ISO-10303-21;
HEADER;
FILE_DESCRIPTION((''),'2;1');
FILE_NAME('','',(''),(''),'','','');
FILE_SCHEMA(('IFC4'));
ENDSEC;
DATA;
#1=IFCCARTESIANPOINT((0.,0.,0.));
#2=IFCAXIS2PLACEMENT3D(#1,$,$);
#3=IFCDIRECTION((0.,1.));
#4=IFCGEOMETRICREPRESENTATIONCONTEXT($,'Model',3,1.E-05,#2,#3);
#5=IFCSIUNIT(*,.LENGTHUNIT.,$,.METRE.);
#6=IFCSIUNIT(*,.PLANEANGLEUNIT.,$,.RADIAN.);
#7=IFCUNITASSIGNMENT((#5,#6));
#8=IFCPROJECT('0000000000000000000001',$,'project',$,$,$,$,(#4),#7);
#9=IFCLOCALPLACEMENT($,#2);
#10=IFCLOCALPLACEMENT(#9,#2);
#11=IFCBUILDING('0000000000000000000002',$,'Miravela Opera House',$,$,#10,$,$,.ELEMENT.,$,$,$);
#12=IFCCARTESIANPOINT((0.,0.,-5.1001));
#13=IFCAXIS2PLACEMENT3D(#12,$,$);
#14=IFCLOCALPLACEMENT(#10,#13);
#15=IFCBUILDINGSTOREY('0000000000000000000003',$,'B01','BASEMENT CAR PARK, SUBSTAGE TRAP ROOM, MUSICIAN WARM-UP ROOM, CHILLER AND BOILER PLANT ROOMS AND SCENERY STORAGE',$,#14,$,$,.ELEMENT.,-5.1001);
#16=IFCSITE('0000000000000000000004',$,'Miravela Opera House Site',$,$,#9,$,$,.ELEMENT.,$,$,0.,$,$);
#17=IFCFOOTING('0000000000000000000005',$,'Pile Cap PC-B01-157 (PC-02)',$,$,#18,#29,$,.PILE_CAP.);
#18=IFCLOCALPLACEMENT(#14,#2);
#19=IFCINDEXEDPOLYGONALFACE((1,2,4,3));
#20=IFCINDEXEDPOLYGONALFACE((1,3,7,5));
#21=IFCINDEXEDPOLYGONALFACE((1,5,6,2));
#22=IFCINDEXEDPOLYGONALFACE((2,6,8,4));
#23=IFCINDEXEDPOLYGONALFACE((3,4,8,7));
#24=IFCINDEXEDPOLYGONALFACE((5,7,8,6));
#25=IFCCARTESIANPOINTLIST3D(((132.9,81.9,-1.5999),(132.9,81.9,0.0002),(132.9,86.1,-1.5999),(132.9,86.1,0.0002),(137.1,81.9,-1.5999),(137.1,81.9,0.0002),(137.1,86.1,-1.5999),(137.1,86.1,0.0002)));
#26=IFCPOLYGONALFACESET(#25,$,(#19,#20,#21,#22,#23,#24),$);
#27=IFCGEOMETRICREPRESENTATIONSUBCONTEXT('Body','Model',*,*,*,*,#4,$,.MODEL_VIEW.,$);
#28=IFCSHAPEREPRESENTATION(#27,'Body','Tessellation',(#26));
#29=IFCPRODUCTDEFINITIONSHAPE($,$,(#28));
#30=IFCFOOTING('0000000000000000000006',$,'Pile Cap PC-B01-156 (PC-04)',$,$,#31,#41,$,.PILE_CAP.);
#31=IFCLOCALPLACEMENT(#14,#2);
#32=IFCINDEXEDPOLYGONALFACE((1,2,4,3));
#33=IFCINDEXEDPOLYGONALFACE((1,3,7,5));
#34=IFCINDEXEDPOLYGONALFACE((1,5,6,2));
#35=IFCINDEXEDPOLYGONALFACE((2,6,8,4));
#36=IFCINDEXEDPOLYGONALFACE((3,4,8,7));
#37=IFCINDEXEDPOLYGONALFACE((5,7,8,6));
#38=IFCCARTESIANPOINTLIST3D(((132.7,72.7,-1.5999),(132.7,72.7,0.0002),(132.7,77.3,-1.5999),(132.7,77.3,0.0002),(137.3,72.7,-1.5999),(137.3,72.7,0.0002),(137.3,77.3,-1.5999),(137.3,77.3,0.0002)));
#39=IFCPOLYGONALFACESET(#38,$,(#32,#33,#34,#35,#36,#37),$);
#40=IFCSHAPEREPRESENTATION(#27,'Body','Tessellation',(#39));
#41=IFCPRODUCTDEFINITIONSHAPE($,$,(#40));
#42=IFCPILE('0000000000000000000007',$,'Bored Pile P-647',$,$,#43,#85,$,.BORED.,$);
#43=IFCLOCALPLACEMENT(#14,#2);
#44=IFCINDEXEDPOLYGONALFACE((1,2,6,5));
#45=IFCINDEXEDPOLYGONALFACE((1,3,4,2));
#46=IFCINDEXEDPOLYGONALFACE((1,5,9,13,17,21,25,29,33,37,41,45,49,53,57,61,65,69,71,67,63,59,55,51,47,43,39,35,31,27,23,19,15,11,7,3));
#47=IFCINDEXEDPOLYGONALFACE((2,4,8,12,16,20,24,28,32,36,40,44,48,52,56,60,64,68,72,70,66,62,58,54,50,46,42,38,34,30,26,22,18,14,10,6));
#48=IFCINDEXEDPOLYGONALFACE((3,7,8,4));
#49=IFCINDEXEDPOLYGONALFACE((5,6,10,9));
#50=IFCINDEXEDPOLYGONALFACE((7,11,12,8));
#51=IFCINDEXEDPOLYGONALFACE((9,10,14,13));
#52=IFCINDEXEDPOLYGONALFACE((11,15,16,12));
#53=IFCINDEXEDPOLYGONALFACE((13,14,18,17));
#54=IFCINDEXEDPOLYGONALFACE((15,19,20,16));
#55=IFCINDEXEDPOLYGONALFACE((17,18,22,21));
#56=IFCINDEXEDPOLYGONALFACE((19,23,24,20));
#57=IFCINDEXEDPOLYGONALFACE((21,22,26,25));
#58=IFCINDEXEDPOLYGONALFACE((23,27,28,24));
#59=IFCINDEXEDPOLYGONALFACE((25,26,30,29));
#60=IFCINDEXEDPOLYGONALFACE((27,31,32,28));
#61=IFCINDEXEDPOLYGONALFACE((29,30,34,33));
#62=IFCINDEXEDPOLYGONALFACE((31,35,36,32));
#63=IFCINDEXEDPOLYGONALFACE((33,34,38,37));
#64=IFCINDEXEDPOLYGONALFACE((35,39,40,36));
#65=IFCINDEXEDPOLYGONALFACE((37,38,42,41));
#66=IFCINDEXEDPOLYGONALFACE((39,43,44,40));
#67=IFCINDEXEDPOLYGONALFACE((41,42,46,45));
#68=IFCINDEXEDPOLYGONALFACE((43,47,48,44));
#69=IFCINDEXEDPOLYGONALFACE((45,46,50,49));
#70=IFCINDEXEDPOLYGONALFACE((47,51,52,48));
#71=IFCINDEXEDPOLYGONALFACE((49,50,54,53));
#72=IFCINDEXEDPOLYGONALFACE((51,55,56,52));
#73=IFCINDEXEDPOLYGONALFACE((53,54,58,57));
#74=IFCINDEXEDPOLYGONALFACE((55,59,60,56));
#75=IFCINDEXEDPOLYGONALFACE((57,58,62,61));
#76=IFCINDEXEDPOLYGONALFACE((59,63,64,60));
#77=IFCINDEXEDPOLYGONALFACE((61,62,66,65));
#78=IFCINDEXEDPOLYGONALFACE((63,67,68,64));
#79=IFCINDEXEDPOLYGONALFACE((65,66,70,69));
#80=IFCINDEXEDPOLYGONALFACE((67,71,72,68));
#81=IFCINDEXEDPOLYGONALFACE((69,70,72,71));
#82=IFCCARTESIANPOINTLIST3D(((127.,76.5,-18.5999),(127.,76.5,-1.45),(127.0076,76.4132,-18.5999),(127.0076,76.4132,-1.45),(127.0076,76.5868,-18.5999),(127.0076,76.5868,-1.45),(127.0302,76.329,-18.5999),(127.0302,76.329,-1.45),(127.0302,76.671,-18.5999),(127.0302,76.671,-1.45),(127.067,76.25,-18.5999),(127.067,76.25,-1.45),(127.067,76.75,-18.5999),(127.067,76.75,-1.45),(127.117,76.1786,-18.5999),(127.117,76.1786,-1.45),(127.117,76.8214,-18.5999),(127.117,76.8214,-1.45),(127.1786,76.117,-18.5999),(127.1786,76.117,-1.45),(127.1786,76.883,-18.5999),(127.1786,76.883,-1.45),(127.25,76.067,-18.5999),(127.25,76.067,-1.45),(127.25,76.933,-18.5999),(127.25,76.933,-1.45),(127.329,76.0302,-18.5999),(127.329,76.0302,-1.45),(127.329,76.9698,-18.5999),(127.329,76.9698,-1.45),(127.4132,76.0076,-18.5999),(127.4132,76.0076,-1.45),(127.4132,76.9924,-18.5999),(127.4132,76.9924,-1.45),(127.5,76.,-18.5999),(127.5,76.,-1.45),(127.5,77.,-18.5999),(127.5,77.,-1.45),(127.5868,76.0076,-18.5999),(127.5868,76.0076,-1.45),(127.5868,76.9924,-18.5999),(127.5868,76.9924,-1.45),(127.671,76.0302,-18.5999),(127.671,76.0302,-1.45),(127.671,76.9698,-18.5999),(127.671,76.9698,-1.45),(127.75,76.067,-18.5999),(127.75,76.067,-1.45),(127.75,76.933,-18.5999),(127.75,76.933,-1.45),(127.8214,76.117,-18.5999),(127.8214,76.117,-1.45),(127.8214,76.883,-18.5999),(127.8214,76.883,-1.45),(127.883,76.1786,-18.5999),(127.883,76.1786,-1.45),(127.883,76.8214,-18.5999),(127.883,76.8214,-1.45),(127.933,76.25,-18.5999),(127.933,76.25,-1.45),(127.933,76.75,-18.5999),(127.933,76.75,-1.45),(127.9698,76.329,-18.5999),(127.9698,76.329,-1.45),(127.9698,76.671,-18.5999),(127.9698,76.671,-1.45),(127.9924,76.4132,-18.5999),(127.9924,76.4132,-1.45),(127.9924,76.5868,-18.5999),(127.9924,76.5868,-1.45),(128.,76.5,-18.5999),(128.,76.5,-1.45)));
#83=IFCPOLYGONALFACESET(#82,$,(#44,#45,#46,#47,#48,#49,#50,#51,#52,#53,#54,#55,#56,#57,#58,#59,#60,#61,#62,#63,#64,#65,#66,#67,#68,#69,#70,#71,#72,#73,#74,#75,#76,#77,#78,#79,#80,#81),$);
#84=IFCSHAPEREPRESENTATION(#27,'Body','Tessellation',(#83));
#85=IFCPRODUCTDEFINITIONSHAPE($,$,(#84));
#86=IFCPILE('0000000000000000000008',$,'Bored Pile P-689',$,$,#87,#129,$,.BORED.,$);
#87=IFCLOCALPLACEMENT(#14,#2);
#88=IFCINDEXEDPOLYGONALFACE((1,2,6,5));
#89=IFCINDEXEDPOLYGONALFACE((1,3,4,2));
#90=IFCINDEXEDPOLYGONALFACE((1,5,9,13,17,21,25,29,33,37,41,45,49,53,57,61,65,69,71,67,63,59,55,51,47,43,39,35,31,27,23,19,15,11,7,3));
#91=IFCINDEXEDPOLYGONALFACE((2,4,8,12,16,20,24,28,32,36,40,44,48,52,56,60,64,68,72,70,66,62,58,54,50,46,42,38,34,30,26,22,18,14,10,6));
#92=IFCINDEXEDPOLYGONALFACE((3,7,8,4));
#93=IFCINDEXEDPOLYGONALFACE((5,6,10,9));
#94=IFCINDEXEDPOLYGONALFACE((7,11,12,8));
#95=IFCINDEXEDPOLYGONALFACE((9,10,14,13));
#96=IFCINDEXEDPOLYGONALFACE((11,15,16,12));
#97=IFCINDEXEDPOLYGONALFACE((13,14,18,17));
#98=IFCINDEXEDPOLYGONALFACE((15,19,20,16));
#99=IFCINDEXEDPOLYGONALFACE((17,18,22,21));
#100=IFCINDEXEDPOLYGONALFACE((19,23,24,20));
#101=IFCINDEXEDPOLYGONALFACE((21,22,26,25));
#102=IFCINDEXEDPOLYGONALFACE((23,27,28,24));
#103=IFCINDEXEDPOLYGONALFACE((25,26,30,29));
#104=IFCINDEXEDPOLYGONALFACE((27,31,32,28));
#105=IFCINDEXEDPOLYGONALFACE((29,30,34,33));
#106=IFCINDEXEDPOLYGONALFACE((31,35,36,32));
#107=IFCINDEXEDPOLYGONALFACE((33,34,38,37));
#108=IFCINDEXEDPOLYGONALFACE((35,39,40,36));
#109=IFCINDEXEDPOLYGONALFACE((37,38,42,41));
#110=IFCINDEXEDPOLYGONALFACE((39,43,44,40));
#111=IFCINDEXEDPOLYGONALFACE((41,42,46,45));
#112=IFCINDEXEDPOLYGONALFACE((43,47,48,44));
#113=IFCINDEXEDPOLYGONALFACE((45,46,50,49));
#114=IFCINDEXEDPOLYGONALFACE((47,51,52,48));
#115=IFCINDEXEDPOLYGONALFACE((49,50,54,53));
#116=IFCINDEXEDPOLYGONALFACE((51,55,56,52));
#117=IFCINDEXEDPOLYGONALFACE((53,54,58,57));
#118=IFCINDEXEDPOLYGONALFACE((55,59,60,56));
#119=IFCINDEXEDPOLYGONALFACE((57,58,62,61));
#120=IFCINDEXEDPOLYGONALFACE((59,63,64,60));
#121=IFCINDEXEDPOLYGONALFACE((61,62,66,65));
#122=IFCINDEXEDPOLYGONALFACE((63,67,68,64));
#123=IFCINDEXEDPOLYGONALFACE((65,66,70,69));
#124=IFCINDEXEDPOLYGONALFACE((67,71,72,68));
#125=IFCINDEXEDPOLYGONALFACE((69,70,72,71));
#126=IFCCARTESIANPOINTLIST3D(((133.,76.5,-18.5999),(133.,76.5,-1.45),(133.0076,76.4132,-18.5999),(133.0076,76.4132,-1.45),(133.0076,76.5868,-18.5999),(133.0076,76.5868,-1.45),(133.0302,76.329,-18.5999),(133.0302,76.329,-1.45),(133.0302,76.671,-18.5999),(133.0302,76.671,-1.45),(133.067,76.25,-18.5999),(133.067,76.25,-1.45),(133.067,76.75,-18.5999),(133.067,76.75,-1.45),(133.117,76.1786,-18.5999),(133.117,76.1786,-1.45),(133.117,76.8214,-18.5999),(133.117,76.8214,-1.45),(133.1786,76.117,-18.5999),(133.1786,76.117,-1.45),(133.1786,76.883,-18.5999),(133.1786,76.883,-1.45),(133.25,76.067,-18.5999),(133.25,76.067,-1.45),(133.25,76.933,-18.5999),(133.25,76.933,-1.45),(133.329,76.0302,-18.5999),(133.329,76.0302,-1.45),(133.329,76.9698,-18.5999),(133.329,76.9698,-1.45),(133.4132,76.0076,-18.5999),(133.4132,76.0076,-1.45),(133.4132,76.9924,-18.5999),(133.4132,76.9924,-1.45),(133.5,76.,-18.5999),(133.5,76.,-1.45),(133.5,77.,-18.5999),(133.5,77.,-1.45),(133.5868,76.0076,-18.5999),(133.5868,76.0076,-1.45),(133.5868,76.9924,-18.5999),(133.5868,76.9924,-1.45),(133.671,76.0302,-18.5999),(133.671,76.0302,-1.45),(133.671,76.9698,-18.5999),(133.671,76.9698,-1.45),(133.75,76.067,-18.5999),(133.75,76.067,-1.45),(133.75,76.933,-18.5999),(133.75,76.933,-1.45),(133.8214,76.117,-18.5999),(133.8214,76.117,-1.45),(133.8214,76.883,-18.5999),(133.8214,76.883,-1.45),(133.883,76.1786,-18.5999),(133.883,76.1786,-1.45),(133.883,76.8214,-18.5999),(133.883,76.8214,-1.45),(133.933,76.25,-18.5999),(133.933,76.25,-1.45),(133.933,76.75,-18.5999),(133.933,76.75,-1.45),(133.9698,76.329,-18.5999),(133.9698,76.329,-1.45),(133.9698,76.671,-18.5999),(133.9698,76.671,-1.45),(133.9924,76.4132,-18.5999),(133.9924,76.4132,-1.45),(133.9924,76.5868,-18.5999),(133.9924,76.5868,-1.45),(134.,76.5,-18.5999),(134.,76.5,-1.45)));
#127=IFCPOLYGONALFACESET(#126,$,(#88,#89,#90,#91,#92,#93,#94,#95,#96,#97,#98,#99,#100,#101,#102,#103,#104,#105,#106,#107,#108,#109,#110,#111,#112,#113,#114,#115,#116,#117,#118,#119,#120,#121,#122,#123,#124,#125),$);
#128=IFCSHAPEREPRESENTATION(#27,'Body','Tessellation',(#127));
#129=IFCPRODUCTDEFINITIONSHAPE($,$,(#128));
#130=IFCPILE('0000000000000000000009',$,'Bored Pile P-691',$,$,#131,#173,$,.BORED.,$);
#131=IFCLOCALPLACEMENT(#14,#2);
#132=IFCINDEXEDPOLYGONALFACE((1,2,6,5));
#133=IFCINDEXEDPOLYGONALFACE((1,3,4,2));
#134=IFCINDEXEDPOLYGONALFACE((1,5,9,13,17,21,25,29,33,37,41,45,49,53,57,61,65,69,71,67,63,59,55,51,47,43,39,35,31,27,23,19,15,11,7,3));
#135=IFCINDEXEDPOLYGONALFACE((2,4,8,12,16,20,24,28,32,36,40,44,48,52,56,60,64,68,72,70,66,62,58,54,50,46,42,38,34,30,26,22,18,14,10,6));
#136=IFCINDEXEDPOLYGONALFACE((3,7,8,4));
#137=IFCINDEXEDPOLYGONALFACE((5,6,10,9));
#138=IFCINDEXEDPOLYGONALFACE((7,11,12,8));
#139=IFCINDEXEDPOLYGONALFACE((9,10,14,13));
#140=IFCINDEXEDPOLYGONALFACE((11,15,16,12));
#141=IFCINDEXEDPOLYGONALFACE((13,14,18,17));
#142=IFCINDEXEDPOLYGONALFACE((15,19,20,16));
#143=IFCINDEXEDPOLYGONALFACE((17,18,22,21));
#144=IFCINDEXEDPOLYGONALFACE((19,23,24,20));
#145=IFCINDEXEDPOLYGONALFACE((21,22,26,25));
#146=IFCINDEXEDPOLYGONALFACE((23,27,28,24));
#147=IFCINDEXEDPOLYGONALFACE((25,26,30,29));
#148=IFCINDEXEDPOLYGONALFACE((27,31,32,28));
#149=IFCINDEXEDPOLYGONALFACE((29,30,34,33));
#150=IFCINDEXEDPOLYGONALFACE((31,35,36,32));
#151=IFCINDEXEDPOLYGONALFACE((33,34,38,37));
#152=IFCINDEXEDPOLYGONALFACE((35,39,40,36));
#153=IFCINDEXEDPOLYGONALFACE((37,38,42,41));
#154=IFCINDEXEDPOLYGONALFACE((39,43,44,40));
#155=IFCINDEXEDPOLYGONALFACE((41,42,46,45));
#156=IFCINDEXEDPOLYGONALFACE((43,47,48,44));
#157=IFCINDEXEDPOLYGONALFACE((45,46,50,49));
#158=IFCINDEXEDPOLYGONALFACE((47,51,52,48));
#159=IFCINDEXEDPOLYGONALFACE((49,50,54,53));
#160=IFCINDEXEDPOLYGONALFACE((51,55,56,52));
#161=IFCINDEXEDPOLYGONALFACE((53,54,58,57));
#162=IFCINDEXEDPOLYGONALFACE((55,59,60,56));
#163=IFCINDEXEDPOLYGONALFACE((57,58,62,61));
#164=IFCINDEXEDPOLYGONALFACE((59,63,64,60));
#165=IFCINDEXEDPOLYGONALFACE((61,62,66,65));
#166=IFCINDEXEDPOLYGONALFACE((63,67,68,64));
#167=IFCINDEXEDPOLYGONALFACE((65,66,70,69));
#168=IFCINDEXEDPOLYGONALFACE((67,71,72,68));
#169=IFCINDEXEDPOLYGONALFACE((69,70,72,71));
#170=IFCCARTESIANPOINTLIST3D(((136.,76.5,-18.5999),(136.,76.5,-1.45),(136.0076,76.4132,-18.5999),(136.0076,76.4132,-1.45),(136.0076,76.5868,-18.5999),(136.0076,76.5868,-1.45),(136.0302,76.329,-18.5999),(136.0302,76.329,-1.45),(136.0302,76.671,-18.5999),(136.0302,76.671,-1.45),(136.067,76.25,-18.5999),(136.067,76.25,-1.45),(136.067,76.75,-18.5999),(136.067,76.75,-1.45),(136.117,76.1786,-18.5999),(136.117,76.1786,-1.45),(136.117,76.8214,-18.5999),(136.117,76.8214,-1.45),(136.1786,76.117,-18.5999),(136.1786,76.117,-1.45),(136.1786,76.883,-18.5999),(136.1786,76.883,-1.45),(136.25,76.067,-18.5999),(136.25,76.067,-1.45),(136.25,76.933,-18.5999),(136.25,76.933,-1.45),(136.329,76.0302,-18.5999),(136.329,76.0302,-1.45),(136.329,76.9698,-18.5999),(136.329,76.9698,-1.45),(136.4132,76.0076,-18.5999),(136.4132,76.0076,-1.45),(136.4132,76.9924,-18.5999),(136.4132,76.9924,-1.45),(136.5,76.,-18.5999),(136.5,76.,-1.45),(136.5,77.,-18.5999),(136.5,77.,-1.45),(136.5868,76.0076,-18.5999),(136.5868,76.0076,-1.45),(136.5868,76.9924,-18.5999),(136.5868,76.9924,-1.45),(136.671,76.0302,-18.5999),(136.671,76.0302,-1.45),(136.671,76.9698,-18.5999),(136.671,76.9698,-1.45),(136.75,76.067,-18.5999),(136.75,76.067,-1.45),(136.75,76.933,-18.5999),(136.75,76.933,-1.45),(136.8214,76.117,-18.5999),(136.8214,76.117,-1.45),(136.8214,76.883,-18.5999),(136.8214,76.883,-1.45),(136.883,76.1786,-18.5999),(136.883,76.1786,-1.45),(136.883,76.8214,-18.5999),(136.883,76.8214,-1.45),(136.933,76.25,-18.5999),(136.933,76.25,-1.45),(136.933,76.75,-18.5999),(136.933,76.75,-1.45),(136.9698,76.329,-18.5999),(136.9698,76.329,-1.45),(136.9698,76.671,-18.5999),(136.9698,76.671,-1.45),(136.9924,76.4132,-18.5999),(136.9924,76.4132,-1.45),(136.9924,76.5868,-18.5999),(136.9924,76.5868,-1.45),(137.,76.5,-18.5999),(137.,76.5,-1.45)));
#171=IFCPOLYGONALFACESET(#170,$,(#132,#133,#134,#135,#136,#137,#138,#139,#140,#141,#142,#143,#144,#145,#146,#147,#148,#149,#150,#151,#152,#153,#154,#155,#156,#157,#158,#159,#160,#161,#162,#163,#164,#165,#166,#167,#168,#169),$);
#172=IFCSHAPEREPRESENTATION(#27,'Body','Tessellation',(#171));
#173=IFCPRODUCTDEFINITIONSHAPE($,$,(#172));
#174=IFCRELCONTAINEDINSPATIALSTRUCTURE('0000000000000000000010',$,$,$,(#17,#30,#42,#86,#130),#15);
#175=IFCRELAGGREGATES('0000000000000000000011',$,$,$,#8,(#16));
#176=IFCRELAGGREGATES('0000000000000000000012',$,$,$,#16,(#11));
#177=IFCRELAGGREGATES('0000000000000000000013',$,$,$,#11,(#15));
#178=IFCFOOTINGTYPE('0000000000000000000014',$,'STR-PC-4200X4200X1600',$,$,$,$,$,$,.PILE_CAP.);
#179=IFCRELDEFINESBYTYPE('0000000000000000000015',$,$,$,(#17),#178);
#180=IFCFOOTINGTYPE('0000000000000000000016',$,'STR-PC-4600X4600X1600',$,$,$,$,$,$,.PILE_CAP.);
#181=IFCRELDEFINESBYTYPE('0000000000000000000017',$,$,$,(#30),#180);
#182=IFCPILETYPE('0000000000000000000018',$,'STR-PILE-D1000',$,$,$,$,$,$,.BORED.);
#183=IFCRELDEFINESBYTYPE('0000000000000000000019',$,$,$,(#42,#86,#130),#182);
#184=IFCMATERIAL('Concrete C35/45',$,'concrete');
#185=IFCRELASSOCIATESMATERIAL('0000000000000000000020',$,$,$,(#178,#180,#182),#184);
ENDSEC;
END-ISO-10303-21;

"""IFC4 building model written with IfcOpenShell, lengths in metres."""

from ifc_helpers import new_model, si_unit, direction, frame, origin, origin_2d, place, context, subcontext, project, spatial, rectangle, circle, extrude, material, material_profile, profile_set, type_object, element, save


model = new_model("IFC4")

# Units and contexts
model_context = context("Model", 3, precision=1e-05, world=origin(), true_north=direction((0.0, 1.0)))
body_context = subcontext(model_context, "Body", "Model", "MODEL_VIEW")
ifc_project = project(units=[si_unit("LENGTHUNIT", "METRE"), si_unit("PLANEANGLEUNIT", "RADIAN")], contexts=[model_context])

# Site, building, storey
site_placement = place(None, origin())
site = spatial("IfcSite", under=ifc_project, at=site_placement, Name="Miravela Opera House Site", CompositionType="ELEMENT", RefElevation=0.0)
building_placement = place(site_placement, origin())
building = spatial("IfcBuilding", under=site, at=building_placement, Name="Miravela Opera House", CompositionType="ELEMENT")
storey_placement = place(building_placement, frame((0.0, 0.0, -5.1001)))
storey = spatial("IfcBuildingStorey", under=building, at=storey_placement, Name="B01", Description="BASEMENT CAR PARK, SUBSTAGE TRAP ROOM, MUSICIAN WARM-UP ROOM, CHILLER AND BOILER PLANT ROOMS AND SCENERY STORAGE", CompositionType="ELEMENT", Elevation=-5.1001)

# Footings
ifc_material_1 = material(Name="Concrete C35/45", Category="concrete")
footing_type_1 = type_object("IfcFootingType", Name="STR-PC-4200X4200X1600", PredefinedType="PILE_CAP", material=ifc_material_1)
footing_1_placement = place(storey_placement, frame((135.0, 84.0, -1.5999), z_axis=(0.0, 0.0, 1.0), x_axis=(1.0, 0.0, 0.0)))
element("IfcFooting", 1, at=footing_1_placement, inside=storey, type_object=footing_type_1, Name="Pile Cap PC-B01-157 (PC-02)", PredefinedType="PILE_CAP", context=body_context, shape_type="SweptSolid", body=[
    extrude(rectangle(XDim=4.2, YDim=4.2, at=origin_2d()), origin(), (0.0, 0.0, 1.0), 1.6001),
])
footing_type_2 = type_object("IfcFootingType", Name="STR-PC-4600X4600X1600", PredefinedType="PILE_CAP", material=ifc_material_1)
footing_2_placement = place(storey_placement, frame((135.0, 75.0, -1.5999), z_axis=(0.0, 0.0, 1.0), x_axis=(1.0, 0.0, 0.0)))
element("IfcFooting", 2, at=footing_2_placement, inside=storey, type_object=footing_type_2, Name="Pile Cap PC-B01-156 (PC-04)", PredefinedType="PILE_CAP", context=body_context, shape_type="SweptSolid", body=[
    extrude(rectangle(XDim=4.6001, YDim=4.6001, at=origin_2d()), origin(), (0.0, 0.0, 1.0), 1.6001),
])

# Piles
ifc_material_profile_1 = material_profile(ifc_material_1, circle(Radius=0.5, at=origin_2d()), Name="PILE-D1000")
ifc_profile_set_1 = profile_set([ifc_material_profile_1])
pile_type_1 = type_object("IfcPileType", Name="STR-PILE-D1000", PredefinedType="BORED", material=ifc_profile_set_1)
for number, where, z_axis, x_axis, name in (
    (3, (127.5, 76.5, -1.45), (0.0, 0.0, -1.0), (1.0, 0.0, 0.0), "Bored Pile P-647"),
    (4, (133.5, 76.5, -1.45), (0.0, 0.0, -1.0), (1.0, 0.0, 0.0), "Bored Pile P-689"),
    (5, (136.5, 76.5, -1.45), (0.0, 0.0, -1.0), (1.0, 0.0, 0.0), "Bored Pile P-691"),
):
    element("IfcPile", number, at=place(storey_placement, frame(where, z_axis=z_axis, x_axis=x_axis)), inside=storey, type_object=pile_type_1, Name=name, PredefinedType="BORED", context=body_context, shape_type="SweptSolid", body=[
        extrude(circle(Radius=0.5, at=origin_2d()), origin(), (0.0, 0.0, 1.0), 17.1499),
    ])

save(model, "model.ifc")
